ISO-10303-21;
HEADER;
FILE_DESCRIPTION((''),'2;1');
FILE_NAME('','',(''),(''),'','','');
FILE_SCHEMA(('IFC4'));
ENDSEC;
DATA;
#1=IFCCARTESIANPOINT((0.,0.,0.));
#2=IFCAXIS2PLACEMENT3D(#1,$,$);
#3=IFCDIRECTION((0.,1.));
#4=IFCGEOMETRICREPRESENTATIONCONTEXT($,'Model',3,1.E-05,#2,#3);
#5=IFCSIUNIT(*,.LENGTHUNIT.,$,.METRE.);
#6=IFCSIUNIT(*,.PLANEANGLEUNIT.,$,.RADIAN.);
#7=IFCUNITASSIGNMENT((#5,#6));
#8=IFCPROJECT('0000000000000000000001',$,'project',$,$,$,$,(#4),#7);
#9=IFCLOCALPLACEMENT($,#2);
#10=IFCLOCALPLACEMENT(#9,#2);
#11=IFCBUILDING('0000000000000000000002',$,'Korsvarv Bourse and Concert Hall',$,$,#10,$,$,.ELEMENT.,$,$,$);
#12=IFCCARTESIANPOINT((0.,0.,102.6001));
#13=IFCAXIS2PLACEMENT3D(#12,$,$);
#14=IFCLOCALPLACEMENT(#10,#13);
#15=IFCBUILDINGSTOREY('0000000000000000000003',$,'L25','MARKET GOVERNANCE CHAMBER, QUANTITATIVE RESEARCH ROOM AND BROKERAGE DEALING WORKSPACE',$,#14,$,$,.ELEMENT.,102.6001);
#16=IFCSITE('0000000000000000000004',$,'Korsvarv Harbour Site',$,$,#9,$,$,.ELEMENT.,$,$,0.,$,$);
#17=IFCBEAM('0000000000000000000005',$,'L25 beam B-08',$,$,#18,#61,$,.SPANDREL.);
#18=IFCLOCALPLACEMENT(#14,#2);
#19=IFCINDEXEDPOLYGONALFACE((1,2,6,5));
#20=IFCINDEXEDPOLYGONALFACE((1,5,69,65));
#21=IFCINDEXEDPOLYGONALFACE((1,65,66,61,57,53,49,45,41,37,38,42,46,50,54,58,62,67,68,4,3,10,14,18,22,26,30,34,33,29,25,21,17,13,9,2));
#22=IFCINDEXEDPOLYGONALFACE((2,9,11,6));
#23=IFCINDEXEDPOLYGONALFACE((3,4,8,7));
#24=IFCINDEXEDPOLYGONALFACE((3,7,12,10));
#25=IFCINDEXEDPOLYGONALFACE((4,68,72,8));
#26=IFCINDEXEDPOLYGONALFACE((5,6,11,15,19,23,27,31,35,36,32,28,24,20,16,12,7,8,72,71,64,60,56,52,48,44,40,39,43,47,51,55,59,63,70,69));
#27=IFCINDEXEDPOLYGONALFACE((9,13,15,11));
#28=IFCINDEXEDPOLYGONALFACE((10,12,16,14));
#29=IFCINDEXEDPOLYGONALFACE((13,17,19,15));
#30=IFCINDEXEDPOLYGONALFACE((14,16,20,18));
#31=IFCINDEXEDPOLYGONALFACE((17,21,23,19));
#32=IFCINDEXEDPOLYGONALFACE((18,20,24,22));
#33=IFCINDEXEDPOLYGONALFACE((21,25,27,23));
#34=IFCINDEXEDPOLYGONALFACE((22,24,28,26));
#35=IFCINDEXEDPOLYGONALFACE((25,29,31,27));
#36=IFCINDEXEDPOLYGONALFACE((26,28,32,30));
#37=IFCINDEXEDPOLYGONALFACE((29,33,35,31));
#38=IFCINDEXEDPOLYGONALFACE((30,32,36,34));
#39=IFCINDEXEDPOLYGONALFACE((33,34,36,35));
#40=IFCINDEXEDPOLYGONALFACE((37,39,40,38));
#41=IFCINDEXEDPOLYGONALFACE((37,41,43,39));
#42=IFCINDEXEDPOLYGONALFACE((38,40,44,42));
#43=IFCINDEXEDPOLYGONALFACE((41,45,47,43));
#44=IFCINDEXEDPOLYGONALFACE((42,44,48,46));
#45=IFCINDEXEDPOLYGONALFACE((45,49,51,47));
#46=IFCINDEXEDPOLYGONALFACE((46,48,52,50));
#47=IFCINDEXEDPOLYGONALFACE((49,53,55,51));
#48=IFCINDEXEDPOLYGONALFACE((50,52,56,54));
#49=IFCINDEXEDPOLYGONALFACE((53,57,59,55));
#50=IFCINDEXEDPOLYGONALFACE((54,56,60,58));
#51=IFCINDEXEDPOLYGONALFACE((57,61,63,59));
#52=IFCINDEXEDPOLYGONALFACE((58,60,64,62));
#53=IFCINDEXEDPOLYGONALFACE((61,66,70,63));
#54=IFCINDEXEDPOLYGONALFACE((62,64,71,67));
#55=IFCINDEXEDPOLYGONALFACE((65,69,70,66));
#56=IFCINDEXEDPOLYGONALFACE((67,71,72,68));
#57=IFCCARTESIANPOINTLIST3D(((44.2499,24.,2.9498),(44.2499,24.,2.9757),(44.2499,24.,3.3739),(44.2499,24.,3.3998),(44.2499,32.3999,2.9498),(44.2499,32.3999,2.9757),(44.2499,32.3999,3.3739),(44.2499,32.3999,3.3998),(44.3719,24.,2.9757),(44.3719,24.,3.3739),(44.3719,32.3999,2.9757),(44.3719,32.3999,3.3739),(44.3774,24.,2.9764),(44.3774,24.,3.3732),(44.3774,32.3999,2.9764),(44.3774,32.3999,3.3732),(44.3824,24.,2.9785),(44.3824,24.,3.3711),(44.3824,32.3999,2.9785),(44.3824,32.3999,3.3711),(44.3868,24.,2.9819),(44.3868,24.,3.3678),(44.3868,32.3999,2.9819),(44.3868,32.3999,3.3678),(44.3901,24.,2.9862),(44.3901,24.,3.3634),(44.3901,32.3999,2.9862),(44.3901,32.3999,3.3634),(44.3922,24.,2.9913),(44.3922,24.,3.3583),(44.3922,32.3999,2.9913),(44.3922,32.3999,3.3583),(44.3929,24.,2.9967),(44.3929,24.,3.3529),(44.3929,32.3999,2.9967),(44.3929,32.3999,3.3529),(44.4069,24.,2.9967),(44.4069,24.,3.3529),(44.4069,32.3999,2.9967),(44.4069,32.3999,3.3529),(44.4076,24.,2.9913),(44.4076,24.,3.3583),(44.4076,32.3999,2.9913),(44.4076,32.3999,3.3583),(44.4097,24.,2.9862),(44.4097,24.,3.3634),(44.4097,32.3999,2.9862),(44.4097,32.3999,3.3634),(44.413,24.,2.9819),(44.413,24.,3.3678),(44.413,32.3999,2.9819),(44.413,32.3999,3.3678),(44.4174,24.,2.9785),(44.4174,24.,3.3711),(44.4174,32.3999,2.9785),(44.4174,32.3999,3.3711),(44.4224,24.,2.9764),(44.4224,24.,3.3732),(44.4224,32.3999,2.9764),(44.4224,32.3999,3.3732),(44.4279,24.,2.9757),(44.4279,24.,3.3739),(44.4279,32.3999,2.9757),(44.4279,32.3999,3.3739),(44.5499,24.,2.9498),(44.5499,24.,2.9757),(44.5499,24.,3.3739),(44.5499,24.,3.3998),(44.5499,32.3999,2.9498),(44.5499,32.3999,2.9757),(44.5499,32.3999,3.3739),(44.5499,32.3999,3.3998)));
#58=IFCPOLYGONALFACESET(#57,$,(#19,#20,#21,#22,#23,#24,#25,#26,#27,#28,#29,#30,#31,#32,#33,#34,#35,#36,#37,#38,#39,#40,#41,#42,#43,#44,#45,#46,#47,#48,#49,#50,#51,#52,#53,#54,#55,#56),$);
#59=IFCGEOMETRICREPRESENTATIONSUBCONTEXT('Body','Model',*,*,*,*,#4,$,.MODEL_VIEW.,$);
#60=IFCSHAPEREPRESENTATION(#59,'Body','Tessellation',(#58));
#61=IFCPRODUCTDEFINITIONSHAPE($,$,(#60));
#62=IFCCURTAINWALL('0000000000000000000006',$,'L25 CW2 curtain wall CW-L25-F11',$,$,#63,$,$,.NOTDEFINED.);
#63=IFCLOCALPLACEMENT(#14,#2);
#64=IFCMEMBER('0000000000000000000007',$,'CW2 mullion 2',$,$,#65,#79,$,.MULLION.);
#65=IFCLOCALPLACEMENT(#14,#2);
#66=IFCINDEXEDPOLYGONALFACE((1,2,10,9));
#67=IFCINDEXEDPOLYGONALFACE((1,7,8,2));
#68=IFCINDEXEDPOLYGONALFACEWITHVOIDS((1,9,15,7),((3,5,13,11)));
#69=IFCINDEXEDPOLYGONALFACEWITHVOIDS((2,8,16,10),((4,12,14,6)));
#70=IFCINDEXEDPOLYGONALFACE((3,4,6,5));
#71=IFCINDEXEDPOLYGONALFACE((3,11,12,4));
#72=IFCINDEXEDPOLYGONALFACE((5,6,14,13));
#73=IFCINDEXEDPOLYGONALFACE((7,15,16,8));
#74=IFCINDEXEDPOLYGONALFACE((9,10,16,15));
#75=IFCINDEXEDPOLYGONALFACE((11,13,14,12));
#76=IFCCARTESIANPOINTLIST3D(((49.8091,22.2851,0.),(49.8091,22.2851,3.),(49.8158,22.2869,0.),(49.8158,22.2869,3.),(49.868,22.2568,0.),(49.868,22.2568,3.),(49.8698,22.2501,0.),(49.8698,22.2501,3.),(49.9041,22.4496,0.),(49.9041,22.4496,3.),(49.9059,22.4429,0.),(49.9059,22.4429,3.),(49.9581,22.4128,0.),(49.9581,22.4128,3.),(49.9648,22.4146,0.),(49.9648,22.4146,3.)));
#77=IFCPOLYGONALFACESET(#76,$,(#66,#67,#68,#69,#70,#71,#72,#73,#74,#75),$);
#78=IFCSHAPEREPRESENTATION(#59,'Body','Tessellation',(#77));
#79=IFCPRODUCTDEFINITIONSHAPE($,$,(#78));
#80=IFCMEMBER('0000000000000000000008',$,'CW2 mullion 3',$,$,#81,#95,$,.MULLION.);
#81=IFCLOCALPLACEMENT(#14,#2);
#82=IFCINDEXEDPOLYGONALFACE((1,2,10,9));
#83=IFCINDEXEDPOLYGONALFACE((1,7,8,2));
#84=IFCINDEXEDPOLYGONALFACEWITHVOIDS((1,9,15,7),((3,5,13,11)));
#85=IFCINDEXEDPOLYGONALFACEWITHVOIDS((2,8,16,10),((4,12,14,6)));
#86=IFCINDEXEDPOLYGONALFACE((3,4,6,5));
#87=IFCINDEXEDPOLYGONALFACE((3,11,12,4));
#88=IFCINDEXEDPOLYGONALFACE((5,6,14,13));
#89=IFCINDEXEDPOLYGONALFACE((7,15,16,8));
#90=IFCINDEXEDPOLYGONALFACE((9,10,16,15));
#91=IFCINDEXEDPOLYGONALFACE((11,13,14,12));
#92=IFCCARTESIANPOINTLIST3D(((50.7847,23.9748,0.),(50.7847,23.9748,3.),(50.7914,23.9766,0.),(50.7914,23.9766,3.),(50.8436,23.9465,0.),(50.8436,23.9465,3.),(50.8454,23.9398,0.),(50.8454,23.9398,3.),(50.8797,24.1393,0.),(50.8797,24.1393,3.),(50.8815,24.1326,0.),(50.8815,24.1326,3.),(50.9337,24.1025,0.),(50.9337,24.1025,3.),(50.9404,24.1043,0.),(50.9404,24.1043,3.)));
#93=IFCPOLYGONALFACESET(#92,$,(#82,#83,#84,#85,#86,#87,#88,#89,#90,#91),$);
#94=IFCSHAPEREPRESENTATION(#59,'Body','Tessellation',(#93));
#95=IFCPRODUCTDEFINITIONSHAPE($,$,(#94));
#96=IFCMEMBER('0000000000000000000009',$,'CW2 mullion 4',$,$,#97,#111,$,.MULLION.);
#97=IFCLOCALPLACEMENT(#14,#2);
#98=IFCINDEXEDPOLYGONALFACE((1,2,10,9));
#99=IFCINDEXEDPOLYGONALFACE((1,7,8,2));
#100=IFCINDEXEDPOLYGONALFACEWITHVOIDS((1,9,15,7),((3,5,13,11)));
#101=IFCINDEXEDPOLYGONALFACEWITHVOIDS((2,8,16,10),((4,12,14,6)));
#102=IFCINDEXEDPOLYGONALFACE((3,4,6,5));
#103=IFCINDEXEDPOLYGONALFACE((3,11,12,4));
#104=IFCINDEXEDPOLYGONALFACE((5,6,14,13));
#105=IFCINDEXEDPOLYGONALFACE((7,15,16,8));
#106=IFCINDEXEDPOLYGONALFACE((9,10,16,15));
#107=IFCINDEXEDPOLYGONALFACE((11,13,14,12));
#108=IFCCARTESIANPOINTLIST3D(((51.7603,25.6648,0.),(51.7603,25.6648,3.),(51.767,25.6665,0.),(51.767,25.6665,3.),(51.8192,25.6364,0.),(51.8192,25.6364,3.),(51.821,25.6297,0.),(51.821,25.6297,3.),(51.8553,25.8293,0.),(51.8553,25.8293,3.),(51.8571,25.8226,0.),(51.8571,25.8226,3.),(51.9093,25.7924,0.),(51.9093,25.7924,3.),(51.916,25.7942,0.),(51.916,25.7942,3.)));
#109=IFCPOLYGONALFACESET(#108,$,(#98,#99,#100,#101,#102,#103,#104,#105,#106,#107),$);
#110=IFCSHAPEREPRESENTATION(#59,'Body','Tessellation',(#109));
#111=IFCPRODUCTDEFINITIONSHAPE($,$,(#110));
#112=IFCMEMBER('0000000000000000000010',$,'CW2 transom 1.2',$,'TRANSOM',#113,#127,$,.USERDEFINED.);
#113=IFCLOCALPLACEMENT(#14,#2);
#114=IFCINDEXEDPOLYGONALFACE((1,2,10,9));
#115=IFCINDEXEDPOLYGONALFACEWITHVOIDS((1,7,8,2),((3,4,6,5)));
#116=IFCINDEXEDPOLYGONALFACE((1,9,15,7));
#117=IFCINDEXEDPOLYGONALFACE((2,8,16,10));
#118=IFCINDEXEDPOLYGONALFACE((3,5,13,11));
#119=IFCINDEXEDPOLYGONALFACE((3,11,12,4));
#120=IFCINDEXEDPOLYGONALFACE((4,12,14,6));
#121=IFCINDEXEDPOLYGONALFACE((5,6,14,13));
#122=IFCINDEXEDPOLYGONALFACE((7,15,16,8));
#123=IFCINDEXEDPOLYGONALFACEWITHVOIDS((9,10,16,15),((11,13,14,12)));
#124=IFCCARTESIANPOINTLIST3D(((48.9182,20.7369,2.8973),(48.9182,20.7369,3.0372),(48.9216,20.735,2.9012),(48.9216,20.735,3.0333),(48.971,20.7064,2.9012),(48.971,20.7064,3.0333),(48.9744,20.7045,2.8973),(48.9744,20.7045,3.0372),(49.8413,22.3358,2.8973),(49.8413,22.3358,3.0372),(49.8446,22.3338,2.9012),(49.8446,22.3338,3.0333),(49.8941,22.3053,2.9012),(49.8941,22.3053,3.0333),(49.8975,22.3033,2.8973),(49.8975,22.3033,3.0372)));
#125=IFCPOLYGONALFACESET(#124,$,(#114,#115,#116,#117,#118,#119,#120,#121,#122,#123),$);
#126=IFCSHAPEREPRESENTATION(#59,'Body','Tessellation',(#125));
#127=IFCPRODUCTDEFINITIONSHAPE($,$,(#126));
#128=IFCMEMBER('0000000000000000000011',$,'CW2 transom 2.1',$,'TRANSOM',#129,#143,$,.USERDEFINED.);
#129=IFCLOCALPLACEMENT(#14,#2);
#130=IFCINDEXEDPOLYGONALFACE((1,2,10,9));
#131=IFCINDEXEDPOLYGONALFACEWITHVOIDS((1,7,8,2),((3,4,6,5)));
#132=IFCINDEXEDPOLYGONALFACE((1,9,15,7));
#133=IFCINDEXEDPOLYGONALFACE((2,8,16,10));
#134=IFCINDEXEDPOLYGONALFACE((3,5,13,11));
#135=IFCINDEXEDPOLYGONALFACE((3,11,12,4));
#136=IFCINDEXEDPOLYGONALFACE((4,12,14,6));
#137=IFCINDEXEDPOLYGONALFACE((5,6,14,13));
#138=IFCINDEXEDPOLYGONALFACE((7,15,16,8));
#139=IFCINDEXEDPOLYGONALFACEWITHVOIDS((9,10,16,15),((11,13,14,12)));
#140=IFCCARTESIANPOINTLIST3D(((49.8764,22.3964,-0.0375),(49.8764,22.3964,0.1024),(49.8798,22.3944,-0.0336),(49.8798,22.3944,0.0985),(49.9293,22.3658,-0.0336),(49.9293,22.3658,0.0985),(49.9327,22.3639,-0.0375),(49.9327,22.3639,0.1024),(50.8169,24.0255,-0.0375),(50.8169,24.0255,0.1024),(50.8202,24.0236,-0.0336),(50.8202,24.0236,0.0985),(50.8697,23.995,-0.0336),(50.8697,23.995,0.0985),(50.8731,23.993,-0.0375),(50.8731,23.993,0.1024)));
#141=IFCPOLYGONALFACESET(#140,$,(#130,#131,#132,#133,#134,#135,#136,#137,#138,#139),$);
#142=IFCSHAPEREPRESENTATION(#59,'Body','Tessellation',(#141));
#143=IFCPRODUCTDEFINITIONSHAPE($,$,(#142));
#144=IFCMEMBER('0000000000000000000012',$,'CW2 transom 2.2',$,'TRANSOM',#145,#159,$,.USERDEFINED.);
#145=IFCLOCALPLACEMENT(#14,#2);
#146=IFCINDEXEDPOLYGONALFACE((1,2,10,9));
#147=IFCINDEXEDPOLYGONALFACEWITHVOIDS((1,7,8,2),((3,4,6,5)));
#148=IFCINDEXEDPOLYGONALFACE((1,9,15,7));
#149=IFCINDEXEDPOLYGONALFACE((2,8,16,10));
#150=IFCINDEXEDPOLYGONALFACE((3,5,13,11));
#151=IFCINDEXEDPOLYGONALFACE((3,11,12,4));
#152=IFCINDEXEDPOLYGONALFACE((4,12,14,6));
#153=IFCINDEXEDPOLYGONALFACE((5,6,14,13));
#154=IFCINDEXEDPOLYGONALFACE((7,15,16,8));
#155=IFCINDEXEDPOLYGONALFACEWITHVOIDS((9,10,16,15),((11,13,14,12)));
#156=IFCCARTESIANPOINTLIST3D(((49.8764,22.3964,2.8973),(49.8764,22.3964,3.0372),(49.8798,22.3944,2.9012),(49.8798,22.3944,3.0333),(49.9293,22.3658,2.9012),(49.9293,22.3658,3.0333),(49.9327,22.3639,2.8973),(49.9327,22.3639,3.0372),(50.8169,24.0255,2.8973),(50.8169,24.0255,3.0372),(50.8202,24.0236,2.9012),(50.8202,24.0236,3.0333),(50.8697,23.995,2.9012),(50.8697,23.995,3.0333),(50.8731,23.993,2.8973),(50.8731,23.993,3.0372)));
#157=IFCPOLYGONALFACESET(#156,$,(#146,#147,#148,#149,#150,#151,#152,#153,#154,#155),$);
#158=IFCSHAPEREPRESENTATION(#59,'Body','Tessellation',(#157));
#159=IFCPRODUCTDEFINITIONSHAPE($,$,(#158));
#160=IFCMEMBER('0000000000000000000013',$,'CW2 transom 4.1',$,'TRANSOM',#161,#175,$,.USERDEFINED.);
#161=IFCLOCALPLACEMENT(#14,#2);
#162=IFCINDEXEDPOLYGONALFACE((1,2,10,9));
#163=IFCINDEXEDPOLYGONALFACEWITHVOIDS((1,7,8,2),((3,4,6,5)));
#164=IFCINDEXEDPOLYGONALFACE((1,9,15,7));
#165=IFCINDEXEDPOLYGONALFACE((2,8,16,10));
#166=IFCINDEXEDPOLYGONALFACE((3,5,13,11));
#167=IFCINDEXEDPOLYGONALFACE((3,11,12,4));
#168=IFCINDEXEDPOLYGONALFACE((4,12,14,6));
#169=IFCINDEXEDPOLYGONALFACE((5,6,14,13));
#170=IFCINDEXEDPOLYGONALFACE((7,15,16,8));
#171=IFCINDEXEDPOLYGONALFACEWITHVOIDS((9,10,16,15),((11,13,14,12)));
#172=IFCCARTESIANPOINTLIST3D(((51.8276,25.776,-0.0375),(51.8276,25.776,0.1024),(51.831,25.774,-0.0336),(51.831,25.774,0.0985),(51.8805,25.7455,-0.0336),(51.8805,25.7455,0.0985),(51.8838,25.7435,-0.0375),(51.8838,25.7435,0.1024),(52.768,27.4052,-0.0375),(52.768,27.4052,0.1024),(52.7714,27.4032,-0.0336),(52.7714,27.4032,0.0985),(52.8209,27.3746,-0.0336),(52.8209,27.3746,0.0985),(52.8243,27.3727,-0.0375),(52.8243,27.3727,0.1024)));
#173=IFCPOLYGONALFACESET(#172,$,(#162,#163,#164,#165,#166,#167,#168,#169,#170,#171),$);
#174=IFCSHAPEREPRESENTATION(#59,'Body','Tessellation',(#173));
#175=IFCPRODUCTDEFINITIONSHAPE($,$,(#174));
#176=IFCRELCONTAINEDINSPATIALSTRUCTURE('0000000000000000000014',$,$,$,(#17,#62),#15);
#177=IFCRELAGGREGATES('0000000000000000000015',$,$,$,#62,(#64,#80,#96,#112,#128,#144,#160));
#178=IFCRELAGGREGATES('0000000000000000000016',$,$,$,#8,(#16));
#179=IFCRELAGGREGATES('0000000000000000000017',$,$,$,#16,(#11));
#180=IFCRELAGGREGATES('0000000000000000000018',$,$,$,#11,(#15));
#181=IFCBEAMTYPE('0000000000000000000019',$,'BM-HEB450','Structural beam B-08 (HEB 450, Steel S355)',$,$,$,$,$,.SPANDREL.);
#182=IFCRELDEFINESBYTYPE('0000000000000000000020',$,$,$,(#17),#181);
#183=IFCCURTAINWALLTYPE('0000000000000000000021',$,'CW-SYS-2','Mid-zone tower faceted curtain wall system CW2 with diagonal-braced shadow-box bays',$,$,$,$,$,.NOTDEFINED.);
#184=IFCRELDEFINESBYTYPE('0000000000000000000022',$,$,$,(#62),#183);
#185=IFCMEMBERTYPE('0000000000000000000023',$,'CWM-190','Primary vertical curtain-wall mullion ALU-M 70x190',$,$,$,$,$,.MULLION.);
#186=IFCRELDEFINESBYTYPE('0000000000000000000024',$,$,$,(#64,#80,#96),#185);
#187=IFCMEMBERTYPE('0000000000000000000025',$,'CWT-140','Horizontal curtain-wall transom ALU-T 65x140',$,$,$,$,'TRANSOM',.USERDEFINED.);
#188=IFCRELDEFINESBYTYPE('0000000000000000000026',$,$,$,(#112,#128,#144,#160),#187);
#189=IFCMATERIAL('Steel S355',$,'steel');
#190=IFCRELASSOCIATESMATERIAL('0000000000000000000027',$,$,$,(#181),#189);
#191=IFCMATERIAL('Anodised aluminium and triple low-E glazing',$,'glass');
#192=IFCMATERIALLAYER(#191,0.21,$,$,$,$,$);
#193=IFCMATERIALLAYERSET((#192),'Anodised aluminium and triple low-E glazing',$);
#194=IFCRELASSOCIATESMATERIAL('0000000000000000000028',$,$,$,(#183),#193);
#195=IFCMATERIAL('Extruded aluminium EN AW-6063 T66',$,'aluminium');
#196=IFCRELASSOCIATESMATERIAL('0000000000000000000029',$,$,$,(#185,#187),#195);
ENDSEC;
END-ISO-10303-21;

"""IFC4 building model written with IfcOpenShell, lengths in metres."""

from ifc_helpers import new_model, si_unit, direction, frame, origin, origin_2d, place, context, subcontext, project, spatial, hollow_rectangle, i_section, extrude, source, transform, mapped, material, layer, layer_set, material_profile, profile_set, type_object, element, aggregate, save


model = new_model("IFC4")

# Units and contexts
model_context = context("Model", 3, precision=1e-05, world=origin(), true_north=direction((0.0, 1.0)))
body_context = subcontext(model_context, "Body", "Model", "MODEL_VIEW")
ifc_project = project(units=[si_unit("LENGTHUNIT", "METRE"), si_unit("PLANEANGLEUNIT", "RADIAN")], contexts=[model_context])

# Site, building, storey
site_placement = place(None, origin())
site = spatial("IfcSite", under=ifc_project, at=site_placement, Name="Korsvarv Harbour Site", CompositionType="ELEMENT", RefElevation=0.0)
building_placement = place(site_placement, origin())
building = spatial("IfcBuilding", under=site, at=building_placement, Name="Korsvarv Bourse and Concert Hall", CompositionType="ELEMENT")
storey_placement = place(building_placement, frame((0.0, 0.0, 102.6001)))
storey = spatial("IfcBuildingStorey", under=building, at=storey_placement, Name="L25", Description="MARKET GOVERNANCE CHAMBER, QUANTITATIVE RESEARCH ROOM AND BROKERAGE DEALING WORKSPACE", CompositionType="ELEMENT", Elevation=102.6001)

# Beam
ifc_material_1 = material(Name="Steel S355", Category="steel")
ifc_material_profile_1 = material_profile(ifc_material_1, i_section(OverallWidth=0.3, OverallDepth=0.45, WebThickness=0.0139, FlangeThickness=0.0259, FilletRadius=0.021, at=origin_2d()), Name="HEB 450")
ifc_profile_set_1 = profile_set([ifc_material_profile_1], Name="Steel S355")
beam_type = type_object("IfcBeamType", Name="BM-HEB450", Description="Structural beam B-08 (HEB 450, Steel S355)", PredefinedType="SPANDREL", material=ifc_profile_set_1)
shared_shape_1 = source(origin(), body_context, "Body", "SweptSolid", [
    extrude(i_section(OverallWidth=0.3, OverallDepth=0.45, WebThickness=0.0139, FlangeThickness=0.0259, FilletRadius=0.021, at=origin_2d()), origin(), (0.0, 0.0, 1.0), 8.3999),
])
for number, where, z_axis, x_axis, name in (
    (1, (44.3999, 24.0, 3.1748), (0.0, 1.0, 0.0), (-1.0, 0.0, 0.0), "L25 beam B-08"),
):
    element("IfcBeam", number, at=place(storey_placement, frame(where, z_axis=z_axis, x_axis=x_axis)), inside=storey, type_object=beam_type, Name=name, PredefinedType="SPANDREL", context=body_context, shape_type="MappedRepresentation", body=[
        mapped(shared_shape_1, transform((0.0, 0.0, 0.0), scale=1.0)),
    ])

# Curtain wall, members
ifc_material_2 = material(Name="Anodised aluminium and triple low-E glazing", Category="glass")
ifc_layer_1 = layer(ifc_material_2, 0.21)
ifc_layer_set_1 = layer_set([ifc_layer_1], Name="Anodised aluminium and triple low-E glazing")
curtain_wall_type = type_object("IfcCurtainWallType", Name="CW-SYS-2", Description="Mid-zone tower faceted curtain wall system CW2 with diagonal-braced shadow-box bays", PredefinedType="NOTDEFINED", material=ifc_layer_set_1)
curtain_wall_placement = place(storey_placement, origin())
curtain_wall = element("IfcCurtainWall", 2, at=curtain_wall_placement, inside=storey, type_object=curtain_wall_type, Name="L25 CW2 curtain wall CW-L25-F11", PredefinedType="NOTDEFINED")
ifc_material_3 = material(Name="Extruded aluminium EN AW-6063 T66", Category="aluminium")
ifc_material_profile_2 = material_profile(ifc_material_3, hollow_rectangle(XDim=0.0701, YDim=0.1899, WallThickness=0.0049, at=origin_2d()), Name="ALU-M 70x190")
ifc_profile_set_2 = profile_set([ifc_material_profile_2], Name="Extruded aluminium EN AW-6063 T66")
member_type_1 = type_object("IfcMemberType", Name="CWM-190", Description="Primary vertical curtain-wall mullion ALU-M 70x190", PredefinedType="MULLION", material=ifc_profile_set_2)
shared_shape_2 = source(origin(), body_context, "Body", "SweptSolid", [
    extrude(hollow_rectangle(XDim=0.0701, YDim=0.1899, WallThickness=0.0049, at=origin_2d()), origin(), (0.0, 0.0, 1.0), 3.0),
])
member_1_placement = place(storey_placement, frame((49.887, 22.3499, 0.0), z_axis=(0.0, 0.0, 1.0), x_axis=(-0.866024, 0.500002, 0.0)))
member_1 = element("IfcMember", 3, at=member_1_placement, type_object=member_type_1, Name="CW2 mullion 2", PredefinedType="MULLION", context=body_context, shape_type="MappedRepresentation", body=[
    mapped(shared_shape_2, transform((0.0, 0.0, 0.0), scale=1.0)),
])
member_2_placement = place(storey_placement, frame((50.8625, 24.0396, 0.0), z_axis=(0.0, 0.0, 1.0), x_axis=(-0.866024, 0.500002, 0.0)))
member_2 = element("IfcMember", 4, at=member_2_placement, type_object=member_type_1, Name="CW2 mullion 3", PredefinedType="MULLION", context=body_context, shape_type="MappedRepresentation", body=[
    mapped(shared_shape_2, transform((0.0, 0.0, 0.0), scale=1.0)),
])
member_3_placement = place(storey_placement, frame((51.8381, 25.7295, 0.0), z_axis=(0.0, 0.0, 1.0), x_axis=(-0.866024, 0.500002, 0.0)))
member_3 = element("IfcMember", 5, at=member_3_placement, type_object=member_type_1, Name="CW2 mullion 4", PredefinedType="MULLION", context=body_context, shape_type="MappedRepresentation", body=[
    mapped(shared_shape_2, transform((0.0, 0.0, 0.0), scale=1.0)),
])
ifc_material_profile_3 = material_profile(ifc_material_3, hollow_rectangle(XDim=0.0649, YDim=0.1399, WallThickness=0.0039, at=origin_2d()), Name="ALU-T 65x140")
ifc_profile_set_3 = profile_set([ifc_material_profile_3], Name="Extruded aluminium EN AW-6063 T66")
member_type_2 = type_object("IfcMemberType", Name="CWT-140", Description="Horizontal curtain-wall transom ALU-T 65x140", ElementType="TRANSOM", PredefinedType="USERDEFINED", material=ifc_profile_set_3)
shared_shape_3 = source(origin(), body_context, "Body", "SweptSolid", [
    extrude(hollow_rectangle(XDim=0.0649, YDim=0.1399, WallThickness=0.0039, at=origin_2d()), origin(), (0.0, 0.0, 1.0), 1.8462),
])
member_4_placement = place(storey_placement, frame((48.9463, 20.7207, 2.9673), z_axis=(0.499993, 0.866029, 0.0), x_axis=(-0.866029, 0.499993, 0.0)))
member_4 = element("IfcMember", 6, at=member_4_placement, type_object=member_type_2, Name="CW2 transom 1.2", ObjectType="TRANSOM", PredefinedType="USERDEFINED", context=body_context, shape_type="MappedRepresentation", body=[
    mapped(shared_shape_3, transform((0.0, 0.0, 0.0), scale=1.0)),
])
shared_shape_4 = source(origin(), body_context, "Body", "SweptSolid", [
    extrude(hollow_rectangle(XDim=0.0649, YDim=0.1399, WallThickness=0.0039, at=origin_2d()), origin(), (0.0, 0.0, 1.0), 1.8811),
])
member_5_placement = place(storey_placement, frame((49.9045, 22.3801, 0.0325), z_axis=(0.499936, 0.866062, 0.0), x_axis=(-0.866062, 0.499936, 0.0)))
member_5 = element("IfcMember", 7, at=member_5_placement, type_object=member_type_2, Name="CW2 transom 2.1", ObjectType="TRANSOM", PredefinedType="USERDEFINED", context=body_context, shape_type="MappedRepresentation", body=[
    mapped(shared_shape_4, transform((0.0, 0.0, 0.0), scale=1.0)),
])
member_6_placement = place(storey_placement, frame((49.9045, 22.3801, 2.9673), z_axis=(0.499936, 0.866062, 0.0), x_axis=(-0.866062, 0.499936, 0.0)))
member_6 = element("IfcMember", 8, at=member_6_placement, type_object=member_type_2, Name="CW2 transom 2.2", ObjectType="TRANSOM", PredefinedType="USERDEFINED", context=body_context, shape_type="MappedRepresentation", body=[
    mapped(shared_shape_4, transform((0.0, 0.0, 0.0), scale=1.0)),
])
member_7_placement = place(storey_placement, frame((51.8557, 25.7598, 0.0325), z_axis=(0.499936, 0.866062, 0.0), x_axis=(-0.866062, 0.499936, 0.0)))
member_7 = element("IfcMember", 9, at=member_7_placement, type_object=member_type_2, Name="CW2 transom 4.1", ObjectType="TRANSOM", PredefinedType="USERDEFINED", context=body_context, shape_type="MappedRepresentation", body=[
    mapped(shared_shape_4, transform((0.0, 0.0, 0.0), scale=1.0)),
])
aggregate(curtain_wall, [member_1, member_2, member_3, member_4, member_5, member_6, member_7])

save(model, "model.ifc")
